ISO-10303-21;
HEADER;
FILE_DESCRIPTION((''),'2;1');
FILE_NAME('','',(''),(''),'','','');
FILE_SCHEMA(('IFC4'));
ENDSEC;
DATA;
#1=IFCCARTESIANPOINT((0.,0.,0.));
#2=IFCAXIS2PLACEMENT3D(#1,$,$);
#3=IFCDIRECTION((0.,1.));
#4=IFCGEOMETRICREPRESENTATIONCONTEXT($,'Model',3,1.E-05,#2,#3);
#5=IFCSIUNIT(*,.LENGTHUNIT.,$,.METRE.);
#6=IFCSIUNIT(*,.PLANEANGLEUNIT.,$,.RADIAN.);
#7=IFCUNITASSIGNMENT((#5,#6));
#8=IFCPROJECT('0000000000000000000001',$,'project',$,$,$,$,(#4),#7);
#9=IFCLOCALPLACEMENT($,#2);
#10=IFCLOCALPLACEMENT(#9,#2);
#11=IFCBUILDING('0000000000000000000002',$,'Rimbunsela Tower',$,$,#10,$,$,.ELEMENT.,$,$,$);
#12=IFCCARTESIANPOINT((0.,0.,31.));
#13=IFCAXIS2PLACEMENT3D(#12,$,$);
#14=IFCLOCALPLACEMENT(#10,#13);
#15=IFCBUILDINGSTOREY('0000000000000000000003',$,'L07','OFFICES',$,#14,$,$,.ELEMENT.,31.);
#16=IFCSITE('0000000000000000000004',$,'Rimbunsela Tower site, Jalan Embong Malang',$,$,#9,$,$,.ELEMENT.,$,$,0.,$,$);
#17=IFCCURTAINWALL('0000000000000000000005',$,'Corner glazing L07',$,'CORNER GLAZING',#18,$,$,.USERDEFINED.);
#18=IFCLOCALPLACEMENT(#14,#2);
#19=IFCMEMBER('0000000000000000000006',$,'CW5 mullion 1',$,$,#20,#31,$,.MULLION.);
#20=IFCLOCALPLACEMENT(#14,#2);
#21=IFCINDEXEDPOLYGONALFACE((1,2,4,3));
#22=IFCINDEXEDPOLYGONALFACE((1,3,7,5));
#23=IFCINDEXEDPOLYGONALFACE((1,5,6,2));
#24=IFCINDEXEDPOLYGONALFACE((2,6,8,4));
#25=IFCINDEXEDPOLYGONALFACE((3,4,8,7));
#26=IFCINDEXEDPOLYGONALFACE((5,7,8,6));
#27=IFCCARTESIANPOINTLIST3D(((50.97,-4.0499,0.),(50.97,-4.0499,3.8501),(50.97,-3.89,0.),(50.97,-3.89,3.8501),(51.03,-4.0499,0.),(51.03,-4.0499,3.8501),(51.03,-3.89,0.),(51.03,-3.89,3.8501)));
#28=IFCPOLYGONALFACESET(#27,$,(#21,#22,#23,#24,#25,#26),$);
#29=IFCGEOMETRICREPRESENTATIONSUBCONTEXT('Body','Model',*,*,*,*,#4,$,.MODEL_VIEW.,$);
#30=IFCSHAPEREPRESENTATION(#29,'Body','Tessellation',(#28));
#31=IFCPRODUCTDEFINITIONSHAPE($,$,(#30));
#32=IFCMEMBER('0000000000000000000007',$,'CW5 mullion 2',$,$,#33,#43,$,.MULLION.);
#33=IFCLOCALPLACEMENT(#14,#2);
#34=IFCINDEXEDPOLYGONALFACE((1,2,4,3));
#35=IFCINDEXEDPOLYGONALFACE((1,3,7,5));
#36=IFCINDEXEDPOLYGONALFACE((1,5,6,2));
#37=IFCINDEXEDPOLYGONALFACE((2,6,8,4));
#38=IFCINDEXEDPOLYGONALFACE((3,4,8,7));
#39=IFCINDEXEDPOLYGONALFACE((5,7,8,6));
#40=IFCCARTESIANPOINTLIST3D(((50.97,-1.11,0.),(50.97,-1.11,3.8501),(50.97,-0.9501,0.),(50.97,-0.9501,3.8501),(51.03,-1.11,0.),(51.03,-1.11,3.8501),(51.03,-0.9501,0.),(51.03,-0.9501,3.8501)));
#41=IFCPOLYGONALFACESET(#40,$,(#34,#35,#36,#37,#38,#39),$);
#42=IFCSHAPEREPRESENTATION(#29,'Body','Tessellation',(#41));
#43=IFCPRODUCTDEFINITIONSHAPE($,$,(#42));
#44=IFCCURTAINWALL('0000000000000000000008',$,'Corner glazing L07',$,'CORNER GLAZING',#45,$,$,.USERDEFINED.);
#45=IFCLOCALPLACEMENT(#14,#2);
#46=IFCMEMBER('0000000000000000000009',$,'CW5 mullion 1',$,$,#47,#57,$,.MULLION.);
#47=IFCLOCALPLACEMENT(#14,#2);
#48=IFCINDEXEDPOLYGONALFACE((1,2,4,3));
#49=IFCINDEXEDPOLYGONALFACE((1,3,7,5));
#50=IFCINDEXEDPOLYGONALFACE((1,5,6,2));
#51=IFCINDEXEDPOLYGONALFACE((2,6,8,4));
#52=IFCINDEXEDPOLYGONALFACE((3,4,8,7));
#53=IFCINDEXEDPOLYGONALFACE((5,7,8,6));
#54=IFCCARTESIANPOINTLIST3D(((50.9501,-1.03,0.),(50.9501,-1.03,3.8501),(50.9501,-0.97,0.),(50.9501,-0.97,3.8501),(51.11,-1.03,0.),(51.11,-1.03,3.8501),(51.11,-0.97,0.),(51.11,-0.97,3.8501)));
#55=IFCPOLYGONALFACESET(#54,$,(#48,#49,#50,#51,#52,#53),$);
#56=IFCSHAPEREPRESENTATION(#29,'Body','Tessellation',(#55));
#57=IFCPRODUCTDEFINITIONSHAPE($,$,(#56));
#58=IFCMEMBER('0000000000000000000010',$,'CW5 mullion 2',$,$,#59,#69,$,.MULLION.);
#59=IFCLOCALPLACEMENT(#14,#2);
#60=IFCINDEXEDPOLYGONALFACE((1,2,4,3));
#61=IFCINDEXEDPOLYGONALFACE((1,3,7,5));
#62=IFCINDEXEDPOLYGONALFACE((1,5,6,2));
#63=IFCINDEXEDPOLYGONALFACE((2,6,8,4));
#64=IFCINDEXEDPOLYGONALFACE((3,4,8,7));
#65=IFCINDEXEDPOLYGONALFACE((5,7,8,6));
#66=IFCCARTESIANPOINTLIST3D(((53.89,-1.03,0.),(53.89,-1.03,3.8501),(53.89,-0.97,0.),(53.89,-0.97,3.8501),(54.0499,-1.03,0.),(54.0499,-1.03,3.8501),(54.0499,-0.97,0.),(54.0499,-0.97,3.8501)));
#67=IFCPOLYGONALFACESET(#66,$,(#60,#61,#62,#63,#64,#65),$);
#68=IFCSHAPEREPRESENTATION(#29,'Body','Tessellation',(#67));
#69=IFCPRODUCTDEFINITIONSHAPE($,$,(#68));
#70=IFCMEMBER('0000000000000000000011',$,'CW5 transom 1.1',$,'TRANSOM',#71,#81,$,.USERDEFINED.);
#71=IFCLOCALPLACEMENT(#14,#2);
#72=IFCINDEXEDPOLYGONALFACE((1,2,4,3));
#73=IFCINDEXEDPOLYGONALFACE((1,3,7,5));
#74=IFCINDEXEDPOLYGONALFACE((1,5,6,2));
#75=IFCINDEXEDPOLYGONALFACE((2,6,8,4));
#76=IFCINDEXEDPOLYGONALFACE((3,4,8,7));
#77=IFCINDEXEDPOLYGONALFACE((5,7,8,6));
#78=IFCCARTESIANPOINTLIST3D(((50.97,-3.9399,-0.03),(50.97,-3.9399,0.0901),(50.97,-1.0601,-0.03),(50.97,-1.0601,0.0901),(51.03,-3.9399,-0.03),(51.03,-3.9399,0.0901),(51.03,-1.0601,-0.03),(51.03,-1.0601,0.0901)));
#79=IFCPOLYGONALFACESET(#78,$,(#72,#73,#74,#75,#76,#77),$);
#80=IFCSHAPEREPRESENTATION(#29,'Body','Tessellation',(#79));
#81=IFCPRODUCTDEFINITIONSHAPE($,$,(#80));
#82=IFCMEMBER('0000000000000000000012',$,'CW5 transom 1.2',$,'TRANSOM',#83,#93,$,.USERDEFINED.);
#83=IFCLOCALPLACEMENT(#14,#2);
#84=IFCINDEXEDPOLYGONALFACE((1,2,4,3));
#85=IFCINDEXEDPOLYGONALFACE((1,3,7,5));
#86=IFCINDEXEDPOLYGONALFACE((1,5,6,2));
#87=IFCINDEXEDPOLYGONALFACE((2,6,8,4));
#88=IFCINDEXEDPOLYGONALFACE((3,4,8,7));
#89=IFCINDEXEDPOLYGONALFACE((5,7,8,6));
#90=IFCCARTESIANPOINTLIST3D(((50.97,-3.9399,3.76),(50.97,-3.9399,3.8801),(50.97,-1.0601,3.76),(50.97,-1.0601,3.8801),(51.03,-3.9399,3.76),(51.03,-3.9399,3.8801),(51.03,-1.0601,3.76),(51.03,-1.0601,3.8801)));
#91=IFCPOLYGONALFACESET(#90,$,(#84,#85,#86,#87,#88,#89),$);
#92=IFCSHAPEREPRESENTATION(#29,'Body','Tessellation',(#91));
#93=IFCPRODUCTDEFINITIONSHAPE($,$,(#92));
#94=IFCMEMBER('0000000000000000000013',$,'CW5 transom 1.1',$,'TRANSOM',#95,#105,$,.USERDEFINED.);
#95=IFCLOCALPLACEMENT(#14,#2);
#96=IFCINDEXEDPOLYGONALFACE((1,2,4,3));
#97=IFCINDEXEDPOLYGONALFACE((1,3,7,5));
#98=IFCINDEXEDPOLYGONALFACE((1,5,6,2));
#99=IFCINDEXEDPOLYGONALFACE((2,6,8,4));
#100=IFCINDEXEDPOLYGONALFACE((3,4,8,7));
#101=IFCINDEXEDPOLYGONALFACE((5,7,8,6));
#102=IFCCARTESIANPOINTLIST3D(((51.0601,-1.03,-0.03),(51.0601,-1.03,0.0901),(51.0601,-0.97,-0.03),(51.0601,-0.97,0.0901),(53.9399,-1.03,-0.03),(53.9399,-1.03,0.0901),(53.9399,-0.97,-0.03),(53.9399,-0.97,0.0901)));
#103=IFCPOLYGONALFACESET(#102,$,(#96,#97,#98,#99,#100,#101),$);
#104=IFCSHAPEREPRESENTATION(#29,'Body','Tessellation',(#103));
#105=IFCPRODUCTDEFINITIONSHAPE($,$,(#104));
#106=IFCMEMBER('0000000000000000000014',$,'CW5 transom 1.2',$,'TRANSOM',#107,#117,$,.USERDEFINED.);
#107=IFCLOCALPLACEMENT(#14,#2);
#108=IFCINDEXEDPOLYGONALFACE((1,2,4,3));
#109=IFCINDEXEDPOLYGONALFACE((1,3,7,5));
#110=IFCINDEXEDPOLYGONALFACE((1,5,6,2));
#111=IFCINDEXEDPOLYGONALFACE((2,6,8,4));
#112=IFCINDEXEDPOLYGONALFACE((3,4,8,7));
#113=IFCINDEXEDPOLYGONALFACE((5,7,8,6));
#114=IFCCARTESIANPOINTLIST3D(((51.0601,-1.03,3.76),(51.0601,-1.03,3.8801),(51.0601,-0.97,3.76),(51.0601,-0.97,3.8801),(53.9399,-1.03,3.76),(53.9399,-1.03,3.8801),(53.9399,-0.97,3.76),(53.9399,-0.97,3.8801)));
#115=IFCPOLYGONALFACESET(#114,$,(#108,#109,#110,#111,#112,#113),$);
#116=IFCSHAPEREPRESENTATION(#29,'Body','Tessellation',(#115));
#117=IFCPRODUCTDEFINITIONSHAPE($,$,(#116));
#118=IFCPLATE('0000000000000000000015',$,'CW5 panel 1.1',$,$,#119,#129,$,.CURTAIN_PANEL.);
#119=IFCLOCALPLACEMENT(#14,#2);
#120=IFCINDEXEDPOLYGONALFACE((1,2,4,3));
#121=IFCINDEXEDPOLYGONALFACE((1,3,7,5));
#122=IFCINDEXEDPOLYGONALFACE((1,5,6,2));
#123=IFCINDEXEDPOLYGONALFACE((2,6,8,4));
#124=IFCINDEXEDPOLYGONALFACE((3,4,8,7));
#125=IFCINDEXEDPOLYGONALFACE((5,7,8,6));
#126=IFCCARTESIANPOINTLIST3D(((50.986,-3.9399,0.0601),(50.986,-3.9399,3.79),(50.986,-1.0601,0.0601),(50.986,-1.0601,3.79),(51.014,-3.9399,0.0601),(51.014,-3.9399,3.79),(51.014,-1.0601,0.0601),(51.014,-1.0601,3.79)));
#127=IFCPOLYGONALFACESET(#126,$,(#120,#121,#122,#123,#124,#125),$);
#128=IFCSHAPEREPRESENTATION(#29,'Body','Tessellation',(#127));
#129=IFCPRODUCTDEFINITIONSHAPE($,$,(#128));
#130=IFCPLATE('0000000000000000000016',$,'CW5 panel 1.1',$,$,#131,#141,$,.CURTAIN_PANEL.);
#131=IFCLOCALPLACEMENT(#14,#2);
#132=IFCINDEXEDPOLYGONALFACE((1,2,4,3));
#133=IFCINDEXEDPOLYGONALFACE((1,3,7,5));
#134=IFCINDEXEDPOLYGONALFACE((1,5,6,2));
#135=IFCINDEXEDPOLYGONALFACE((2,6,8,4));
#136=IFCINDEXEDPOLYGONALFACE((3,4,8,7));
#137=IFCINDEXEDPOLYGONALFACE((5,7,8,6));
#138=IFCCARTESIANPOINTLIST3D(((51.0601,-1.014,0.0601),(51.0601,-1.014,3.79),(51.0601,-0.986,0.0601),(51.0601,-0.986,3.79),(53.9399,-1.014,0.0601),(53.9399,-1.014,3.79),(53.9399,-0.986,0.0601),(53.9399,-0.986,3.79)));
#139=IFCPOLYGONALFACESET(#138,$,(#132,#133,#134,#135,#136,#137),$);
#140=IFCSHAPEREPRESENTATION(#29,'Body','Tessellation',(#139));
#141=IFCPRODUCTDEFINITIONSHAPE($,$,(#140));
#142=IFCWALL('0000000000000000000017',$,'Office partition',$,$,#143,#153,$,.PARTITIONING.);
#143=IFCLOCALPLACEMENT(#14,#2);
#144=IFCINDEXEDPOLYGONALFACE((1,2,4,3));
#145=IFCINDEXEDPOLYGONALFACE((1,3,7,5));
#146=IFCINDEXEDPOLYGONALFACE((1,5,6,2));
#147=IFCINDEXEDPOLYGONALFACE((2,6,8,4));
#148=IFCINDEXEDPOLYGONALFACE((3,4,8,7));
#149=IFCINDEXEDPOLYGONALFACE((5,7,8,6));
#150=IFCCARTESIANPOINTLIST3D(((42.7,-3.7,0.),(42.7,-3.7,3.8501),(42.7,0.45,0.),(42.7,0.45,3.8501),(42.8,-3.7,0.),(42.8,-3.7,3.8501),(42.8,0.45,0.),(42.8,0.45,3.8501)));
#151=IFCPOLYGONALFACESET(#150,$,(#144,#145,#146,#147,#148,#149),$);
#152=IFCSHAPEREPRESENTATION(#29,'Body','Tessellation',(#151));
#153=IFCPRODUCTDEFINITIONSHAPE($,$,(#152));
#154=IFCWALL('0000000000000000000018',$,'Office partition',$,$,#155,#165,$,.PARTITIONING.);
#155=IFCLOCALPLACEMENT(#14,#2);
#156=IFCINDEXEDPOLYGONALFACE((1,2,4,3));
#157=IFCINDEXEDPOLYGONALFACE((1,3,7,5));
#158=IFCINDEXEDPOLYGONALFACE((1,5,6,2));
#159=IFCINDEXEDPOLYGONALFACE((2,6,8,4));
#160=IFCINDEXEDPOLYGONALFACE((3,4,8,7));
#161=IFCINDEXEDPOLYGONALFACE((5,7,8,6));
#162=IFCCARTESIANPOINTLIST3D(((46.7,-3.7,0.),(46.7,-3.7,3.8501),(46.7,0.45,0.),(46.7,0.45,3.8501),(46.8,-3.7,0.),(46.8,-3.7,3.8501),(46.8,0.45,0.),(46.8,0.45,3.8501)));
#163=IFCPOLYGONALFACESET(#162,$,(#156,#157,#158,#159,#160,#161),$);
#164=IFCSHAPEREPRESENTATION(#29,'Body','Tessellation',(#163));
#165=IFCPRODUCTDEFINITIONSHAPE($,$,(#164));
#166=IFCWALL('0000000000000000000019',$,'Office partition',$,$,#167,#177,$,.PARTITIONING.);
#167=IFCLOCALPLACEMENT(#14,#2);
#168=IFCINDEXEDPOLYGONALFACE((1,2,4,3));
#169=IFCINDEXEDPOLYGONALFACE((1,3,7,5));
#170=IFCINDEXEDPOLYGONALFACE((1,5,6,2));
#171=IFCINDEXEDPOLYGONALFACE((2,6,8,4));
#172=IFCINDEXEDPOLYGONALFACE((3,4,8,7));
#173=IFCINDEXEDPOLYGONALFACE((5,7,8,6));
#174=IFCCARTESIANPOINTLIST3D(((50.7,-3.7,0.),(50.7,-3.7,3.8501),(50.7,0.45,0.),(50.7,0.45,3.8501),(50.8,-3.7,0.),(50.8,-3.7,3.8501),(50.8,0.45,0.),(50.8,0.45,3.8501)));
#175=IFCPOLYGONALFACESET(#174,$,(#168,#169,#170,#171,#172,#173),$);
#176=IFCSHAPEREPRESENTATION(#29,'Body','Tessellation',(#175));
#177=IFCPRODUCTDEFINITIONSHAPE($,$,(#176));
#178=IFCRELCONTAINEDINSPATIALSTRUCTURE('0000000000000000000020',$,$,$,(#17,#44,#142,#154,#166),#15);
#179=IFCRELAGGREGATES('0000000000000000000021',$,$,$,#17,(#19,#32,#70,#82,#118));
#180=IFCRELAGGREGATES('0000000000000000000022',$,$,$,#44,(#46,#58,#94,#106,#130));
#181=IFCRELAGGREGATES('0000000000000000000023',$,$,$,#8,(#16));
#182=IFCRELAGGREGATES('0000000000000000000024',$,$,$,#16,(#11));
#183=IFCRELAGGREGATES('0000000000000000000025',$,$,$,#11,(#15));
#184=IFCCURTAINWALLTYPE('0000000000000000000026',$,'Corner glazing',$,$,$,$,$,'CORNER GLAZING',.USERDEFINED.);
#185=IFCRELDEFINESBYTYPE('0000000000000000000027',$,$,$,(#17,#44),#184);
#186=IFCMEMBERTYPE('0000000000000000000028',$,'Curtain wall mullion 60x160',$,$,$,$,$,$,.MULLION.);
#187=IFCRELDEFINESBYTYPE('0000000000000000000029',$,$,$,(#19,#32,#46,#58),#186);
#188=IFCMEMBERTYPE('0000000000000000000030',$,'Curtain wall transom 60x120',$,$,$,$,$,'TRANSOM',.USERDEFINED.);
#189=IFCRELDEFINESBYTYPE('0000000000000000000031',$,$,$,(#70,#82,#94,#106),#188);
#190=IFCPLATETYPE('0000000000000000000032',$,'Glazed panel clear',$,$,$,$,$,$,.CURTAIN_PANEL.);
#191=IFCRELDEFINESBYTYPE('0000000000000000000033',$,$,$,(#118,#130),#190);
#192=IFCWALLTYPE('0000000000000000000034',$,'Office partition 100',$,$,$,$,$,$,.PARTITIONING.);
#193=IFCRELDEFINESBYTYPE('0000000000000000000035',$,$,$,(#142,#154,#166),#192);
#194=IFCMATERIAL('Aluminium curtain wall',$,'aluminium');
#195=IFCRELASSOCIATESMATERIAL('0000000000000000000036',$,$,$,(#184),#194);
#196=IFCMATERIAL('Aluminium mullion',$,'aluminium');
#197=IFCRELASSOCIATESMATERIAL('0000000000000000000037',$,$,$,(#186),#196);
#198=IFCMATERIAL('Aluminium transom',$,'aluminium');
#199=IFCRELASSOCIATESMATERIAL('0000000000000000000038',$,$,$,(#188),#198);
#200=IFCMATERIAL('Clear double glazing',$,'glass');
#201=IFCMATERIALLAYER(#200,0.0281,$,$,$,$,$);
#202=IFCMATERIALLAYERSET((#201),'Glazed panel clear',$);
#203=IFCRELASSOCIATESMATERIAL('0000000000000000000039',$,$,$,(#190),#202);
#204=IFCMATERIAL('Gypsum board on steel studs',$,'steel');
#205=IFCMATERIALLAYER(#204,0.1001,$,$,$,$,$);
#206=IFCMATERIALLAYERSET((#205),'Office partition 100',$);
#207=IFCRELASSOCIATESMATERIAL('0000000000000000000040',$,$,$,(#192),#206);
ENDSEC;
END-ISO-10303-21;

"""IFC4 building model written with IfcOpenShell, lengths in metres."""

from ifc_helpers import new_model, si_unit, direction, frame, frame_2d, origin, origin_2d, place, context, subcontext, project, spatial, rectangle, extrude, material, layer, layer_set, material_profile, profile_set, type_object, element, aggregate, save


model = new_model("IFC4")

# Units and contexts
model_context = context("Model", 3, precision=1e-05, world=origin(), true_north=direction((0.0, 1.0)))
body_context = subcontext(model_context, "Body", "Model", "MODEL_VIEW")
ifc_project = project(units=[si_unit("LENGTHUNIT", "METRE"), si_unit("PLANEANGLEUNIT", "RADIAN")], contexts=[model_context])

# Site, building, storey
site_placement = place(None, origin())
site = spatial("IfcSite", under=ifc_project, at=site_placement, Name="Rimbunsela Tower site, Jalan Embong Malang", CompositionType="ELEMENT", RefElevation=0.0)
building_placement = place(site_placement, origin())
building = spatial("IfcBuilding", under=site, at=building_placement, Name="Rimbunsela Tower", CompositionType="ELEMENT")
storey_placement = place(building_placement, frame((0.0, 0.0, 31.0)))
storey = spatial("IfcBuildingStorey", under=building, at=storey_placement, Name="L07", Description="OFFICES", CompositionType="ELEMENT", Elevation=31.0)

# Curtain walls, members
ifc_material_1 = material(Name="Aluminium curtain wall", Category="aluminium")
curtain_wall_type = type_object("IfcCurtainWallType", Name="Corner glazing", ElementType="CORNER GLAZING", PredefinedType="USERDEFINED", material=ifc_material_1)
curtain_wall_1_placement = place(storey_placement, origin())
curtain_wall_1 = element("IfcCurtainWall", 1, at=curtain_wall_1_placement, inside=storey, type_object=curtain_wall_type, Name="Corner glazing L07", ObjectType="CORNER GLAZING", PredefinedType="USERDEFINED")
ifc_material_2 = material(Name="Aluminium mullion", Category="aluminium")
ifc_material_profile_1 = material_profile(ifc_material_2, rectangle(XDim=0.0601, YDim=0.1599, at=origin_2d()), Name="Mullion 60x160")
ifc_profile_set_1 = profile_set([ifc_material_profile_1], Name="Aluminium mullion")
member_type_1 = type_object("IfcMemberType", Name="Curtain wall mullion 60x160", PredefinedType="MULLION", material=ifc_profile_set_1)
member_1_placement = place(storey_placement, frame((51.0, -3.97, 0.0), z_axis=(0.0, 0.0, 1.0), x_axis=(-1.0, 0.0, 0.0)))
member_1 = element("IfcMember", 2, at=member_1_placement, type_object=member_type_1, Name="CW5 mullion 1", PredefinedType="MULLION", context=body_context, shape_type="SweptSolid", body=[
    extrude(rectangle(XDim=0.0601, YDim=0.1599, at=origin_2d()), origin(), (0.0, 0.0, 1.0), 3.8501),
])
member_2_placement = place(storey_placement, frame((51.0, -1.03, 0.0), z_axis=(0.0, 0.0, 1.0), x_axis=(-1.0, 0.0, 0.0)))
member_2 = element("IfcMember", 3, at=member_2_placement, type_object=member_type_1, Name="CW5 mullion 2", PredefinedType="MULLION", context=body_context, shape_type="SweptSolid", body=[
    extrude(rectangle(XDim=0.0601, YDim=0.1599, at=origin_2d()), origin(), (0.0, 0.0, 1.0), 3.8501),
])
curtain_wall_2_placement = place(storey_placement, origin())
curtain_wall_2 = element("IfcCurtainWall", 4, at=curtain_wall_2_placement, inside=storey, type_object=curtain_wall_type, Name="Corner glazing L07", ObjectType="CORNER GLAZING", PredefinedType="USERDEFINED")
member_3_placement = place(storey_placement, frame((51.03, -1.0, 0.0), z_axis=(0.0, 0.0, 1.0), x_axis=(0.0, 1.0, 0.0)))
member_3 = element("IfcMember", 5, at=member_3_placement, type_object=member_type_1, Name="CW5 mullion 1", PredefinedType="MULLION", context=body_context, shape_type="SweptSolid", body=[
    extrude(rectangle(XDim=0.0601, YDim=0.1599, at=origin_2d()), origin(), (0.0, 0.0, 1.0), 3.8501),
])
member_4_placement = place(storey_placement, frame((53.97, -1.0, 0.0), z_axis=(0.0, 0.0, 1.0), x_axis=(0.0, 1.0, 0.0)))
member_4 = element("IfcMember", 6, at=member_4_placement, type_object=member_type_1, Name="CW5 mullion 2", PredefinedType="MULLION", context=body_context, shape_type="SweptSolid", body=[
    extrude(rectangle(XDim=0.0601, YDim=0.1599, at=origin_2d()), origin(), (0.0, 0.0, 1.0), 3.8501),
])

# Members
ifc_material_3 = material(Name="Aluminium transom", Category="aluminium")
ifc_material_profile_2 = material_profile(ifc_material_3, rectangle(XDim=0.0601, YDim=0.1201, at=origin_2d()), Name="Transom 60x120")
ifc_profile_set_2 = profile_set([ifc_material_profile_2], Name="Aluminium transom")
member_type_2 = type_object("IfcMemberType", Name="Curtain wall transom 60x120", ElementType="TRANSOM", PredefinedType="USERDEFINED", material=ifc_profile_set_2)
member_5_placement = place(storey_placement, frame((51.0, -3.9399, 0.03), z_axis=(0.0, 1.0, 0.0), x_axis=(-1.0, 0.0, 0.0)))
member_5 = element("IfcMember", 7, at=member_5_placement, type_object=member_type_2, Name="CW5 transom 1.1", ObjectType="TRANSOM", PredefinedType="USERDEFINED", context=body_context, shape_type="SweptSolid", body=[
    extrude(rectangle(XDim=0.0601, YDim=0.1201, at=origin_2d()), origin(), (0.0, 0.0, 1.0), 2.8799),
])
member_6_placement = place(storey_placement, frame((51.0, -3.9399, 3.8201), z_axis=(0.0, 1.0, 0.0), x_axis=(-1.0, 0.0, 0.0)))
member_6 = element("IfcMember", 8, at=member_6_placement, type_object=member_type_2, Name="CW5 transom 1.2", ObjectType="TRANSOM", PredefinedType="USERDEFINED", context=body_context, shape_type="SweptSolid", body=[
    extrude(rectangle(XDim=0.0601, YDim=0.1201, at=origin_2d()), origin(), (0.0, 0.0, 1.0), 2.8799),
])
member_7_placement = place(storey_placement, frame((51.0601, -1.0, 0.03), z_axis=(1.0, 0.0, 0.0), x_axis=(0.0, 1.0, 0.0)))
member_7 = element("IfcMember", 9, at=member_7_placement, type_object=member_type_2, Name="CW5 transom 1.1", ObjectType="TRANSOM", PredefinedType="USERDEFINED", context=body_context, shape_type="SweptSolid", body=[
    extrude(rectangle(XDim=0.0601, YDim=0.1201, at=origin_2d()), origin(), (0.0, 0.0, 1.0), 2.8799),
])
member_8_placement = place(storey_placement, frame((51.0601, -1.0, 3.8201), z_axis=(1.0, 0.0, 0.0), x_axis=(0.0, 1.0, 0.0)))
member_8 = element("IfcMember", 10, at=member_8_placement, type_object=member_type_2, Name="CW5 transom 1.2", ObjectType="TRANSOM", PredefinedType="USERDEFINED", context=body_context, shape_type="SweptSolid", body=[
    extrude(rectangle(XDim=0.0601, YDim=0.1201, at=origin_2d()), origin(), (0.0, 0.0, 1.0), 2.8799),
])

# Plates
ifc_material_4 = material(Name="Clear double glazing", Category="glass")
ifc_layer_1 = layer(ifc_material_4, 0.0281)
ifc_layer_set_1 = layer_set([ifc_layer_1], Name="Glazed panel clear")
plate_type = type_object("IfcPlateType", Name="Glazed panel clear", PredefinedType="CURTAIN_PANEL", material=ifc_layer_set_1)
plate_1_placement = place(storey_placement, frame((51.0, -2.5, 0.0601), z_axis=(0.0, 0.0, 1.0), x_axis=(0.0, 1.0, 0.0)))
plate_1 = element("IfcPlate", 11, at=plate_1_placement, type_object=plate_type, Name="CW5 panel 1.1", PredefinedType="CURTAIN_PANEL", context=body_context, shape_type="SweptSolid", body=[
    extrude(rectangle(XDim=2.8799, YDim=0.0281, at=origin_2d()), origin(), (0.0, 0.0, 1.0), 3.73),
])
aggregate(curtain_wall_1, [member_1, member_2, member_5, member_6, plate_1])
plate_2_placement = place(storey_placement, frame((52.5, -1.0, 0.0601), z_axis=(0.0, 0.0, 1.0), x_axis=(1.0, 0.0, 0.0)))
plate_2 = element("IfcPlate", 12, at=plate_2_placement, type_object=plate_type, Name="CW5 panel 1.1", PredefinedType="CURTAIN_PANEL", context=body_context, shape_type="SweptSolid", body=[
    extrude(rectangle(XDim=2.8799, YDim=0.0281, at=origin_2d()), origin(), (0.0, 0.0, 1.0), 3.73),
])
aggregate(curtain_wall_2, [member_3, member_4, member_7, member_8, plate_2])

# Walls
ifc_material_5 = material(Name="Gypsum board on steel studs", Category="steel")
ifc_layer_2 = layer(ifc_material_5, 0.1001)
ifc_layer_set_2 = layer_set([ifc_layer_2], Name="Office partition 100")
wall_type_1 = type_object("IfcWallType", Name="Office partition 100", PredefinedType="PARTITIONING", material=ifc_layer_set_2)
for number, where, z_axis, x_axis, name in (
    (13, (42.75, -3.7, 0.0), (0.0, 0.0, 1.0), (0.0, 1.0, 0.0), "Office partition"),
    (14, (46.75, -3.7, 0.0), (0.0, 0.0, 1.0), (0.0, 1.0, 0.0), "Office partition"),
    (15, (50.75, -3.7, 0.0), (0.0, 0.0, 1.0), (0.0, 1.0, 0.0), "Office partition"),
):
    element("IfcWall", number, at=place(storey_placement, frame(where, z_axis=z_axis, x_axis=x_axis)), inside=storey, type_object=wall_type_1, Name=name, PredefinedType="PARTITIONING", context=body_context, shape_type="SweptSolid", body=[
        extrude(rectangle(XDim=4.1499, YDim=0.1001, at=frame_2d((2.075, 0.0))), origin(), (0.0, 0.0, 1.0), 3.8501),
    ])

save(model, "model.ifc")
